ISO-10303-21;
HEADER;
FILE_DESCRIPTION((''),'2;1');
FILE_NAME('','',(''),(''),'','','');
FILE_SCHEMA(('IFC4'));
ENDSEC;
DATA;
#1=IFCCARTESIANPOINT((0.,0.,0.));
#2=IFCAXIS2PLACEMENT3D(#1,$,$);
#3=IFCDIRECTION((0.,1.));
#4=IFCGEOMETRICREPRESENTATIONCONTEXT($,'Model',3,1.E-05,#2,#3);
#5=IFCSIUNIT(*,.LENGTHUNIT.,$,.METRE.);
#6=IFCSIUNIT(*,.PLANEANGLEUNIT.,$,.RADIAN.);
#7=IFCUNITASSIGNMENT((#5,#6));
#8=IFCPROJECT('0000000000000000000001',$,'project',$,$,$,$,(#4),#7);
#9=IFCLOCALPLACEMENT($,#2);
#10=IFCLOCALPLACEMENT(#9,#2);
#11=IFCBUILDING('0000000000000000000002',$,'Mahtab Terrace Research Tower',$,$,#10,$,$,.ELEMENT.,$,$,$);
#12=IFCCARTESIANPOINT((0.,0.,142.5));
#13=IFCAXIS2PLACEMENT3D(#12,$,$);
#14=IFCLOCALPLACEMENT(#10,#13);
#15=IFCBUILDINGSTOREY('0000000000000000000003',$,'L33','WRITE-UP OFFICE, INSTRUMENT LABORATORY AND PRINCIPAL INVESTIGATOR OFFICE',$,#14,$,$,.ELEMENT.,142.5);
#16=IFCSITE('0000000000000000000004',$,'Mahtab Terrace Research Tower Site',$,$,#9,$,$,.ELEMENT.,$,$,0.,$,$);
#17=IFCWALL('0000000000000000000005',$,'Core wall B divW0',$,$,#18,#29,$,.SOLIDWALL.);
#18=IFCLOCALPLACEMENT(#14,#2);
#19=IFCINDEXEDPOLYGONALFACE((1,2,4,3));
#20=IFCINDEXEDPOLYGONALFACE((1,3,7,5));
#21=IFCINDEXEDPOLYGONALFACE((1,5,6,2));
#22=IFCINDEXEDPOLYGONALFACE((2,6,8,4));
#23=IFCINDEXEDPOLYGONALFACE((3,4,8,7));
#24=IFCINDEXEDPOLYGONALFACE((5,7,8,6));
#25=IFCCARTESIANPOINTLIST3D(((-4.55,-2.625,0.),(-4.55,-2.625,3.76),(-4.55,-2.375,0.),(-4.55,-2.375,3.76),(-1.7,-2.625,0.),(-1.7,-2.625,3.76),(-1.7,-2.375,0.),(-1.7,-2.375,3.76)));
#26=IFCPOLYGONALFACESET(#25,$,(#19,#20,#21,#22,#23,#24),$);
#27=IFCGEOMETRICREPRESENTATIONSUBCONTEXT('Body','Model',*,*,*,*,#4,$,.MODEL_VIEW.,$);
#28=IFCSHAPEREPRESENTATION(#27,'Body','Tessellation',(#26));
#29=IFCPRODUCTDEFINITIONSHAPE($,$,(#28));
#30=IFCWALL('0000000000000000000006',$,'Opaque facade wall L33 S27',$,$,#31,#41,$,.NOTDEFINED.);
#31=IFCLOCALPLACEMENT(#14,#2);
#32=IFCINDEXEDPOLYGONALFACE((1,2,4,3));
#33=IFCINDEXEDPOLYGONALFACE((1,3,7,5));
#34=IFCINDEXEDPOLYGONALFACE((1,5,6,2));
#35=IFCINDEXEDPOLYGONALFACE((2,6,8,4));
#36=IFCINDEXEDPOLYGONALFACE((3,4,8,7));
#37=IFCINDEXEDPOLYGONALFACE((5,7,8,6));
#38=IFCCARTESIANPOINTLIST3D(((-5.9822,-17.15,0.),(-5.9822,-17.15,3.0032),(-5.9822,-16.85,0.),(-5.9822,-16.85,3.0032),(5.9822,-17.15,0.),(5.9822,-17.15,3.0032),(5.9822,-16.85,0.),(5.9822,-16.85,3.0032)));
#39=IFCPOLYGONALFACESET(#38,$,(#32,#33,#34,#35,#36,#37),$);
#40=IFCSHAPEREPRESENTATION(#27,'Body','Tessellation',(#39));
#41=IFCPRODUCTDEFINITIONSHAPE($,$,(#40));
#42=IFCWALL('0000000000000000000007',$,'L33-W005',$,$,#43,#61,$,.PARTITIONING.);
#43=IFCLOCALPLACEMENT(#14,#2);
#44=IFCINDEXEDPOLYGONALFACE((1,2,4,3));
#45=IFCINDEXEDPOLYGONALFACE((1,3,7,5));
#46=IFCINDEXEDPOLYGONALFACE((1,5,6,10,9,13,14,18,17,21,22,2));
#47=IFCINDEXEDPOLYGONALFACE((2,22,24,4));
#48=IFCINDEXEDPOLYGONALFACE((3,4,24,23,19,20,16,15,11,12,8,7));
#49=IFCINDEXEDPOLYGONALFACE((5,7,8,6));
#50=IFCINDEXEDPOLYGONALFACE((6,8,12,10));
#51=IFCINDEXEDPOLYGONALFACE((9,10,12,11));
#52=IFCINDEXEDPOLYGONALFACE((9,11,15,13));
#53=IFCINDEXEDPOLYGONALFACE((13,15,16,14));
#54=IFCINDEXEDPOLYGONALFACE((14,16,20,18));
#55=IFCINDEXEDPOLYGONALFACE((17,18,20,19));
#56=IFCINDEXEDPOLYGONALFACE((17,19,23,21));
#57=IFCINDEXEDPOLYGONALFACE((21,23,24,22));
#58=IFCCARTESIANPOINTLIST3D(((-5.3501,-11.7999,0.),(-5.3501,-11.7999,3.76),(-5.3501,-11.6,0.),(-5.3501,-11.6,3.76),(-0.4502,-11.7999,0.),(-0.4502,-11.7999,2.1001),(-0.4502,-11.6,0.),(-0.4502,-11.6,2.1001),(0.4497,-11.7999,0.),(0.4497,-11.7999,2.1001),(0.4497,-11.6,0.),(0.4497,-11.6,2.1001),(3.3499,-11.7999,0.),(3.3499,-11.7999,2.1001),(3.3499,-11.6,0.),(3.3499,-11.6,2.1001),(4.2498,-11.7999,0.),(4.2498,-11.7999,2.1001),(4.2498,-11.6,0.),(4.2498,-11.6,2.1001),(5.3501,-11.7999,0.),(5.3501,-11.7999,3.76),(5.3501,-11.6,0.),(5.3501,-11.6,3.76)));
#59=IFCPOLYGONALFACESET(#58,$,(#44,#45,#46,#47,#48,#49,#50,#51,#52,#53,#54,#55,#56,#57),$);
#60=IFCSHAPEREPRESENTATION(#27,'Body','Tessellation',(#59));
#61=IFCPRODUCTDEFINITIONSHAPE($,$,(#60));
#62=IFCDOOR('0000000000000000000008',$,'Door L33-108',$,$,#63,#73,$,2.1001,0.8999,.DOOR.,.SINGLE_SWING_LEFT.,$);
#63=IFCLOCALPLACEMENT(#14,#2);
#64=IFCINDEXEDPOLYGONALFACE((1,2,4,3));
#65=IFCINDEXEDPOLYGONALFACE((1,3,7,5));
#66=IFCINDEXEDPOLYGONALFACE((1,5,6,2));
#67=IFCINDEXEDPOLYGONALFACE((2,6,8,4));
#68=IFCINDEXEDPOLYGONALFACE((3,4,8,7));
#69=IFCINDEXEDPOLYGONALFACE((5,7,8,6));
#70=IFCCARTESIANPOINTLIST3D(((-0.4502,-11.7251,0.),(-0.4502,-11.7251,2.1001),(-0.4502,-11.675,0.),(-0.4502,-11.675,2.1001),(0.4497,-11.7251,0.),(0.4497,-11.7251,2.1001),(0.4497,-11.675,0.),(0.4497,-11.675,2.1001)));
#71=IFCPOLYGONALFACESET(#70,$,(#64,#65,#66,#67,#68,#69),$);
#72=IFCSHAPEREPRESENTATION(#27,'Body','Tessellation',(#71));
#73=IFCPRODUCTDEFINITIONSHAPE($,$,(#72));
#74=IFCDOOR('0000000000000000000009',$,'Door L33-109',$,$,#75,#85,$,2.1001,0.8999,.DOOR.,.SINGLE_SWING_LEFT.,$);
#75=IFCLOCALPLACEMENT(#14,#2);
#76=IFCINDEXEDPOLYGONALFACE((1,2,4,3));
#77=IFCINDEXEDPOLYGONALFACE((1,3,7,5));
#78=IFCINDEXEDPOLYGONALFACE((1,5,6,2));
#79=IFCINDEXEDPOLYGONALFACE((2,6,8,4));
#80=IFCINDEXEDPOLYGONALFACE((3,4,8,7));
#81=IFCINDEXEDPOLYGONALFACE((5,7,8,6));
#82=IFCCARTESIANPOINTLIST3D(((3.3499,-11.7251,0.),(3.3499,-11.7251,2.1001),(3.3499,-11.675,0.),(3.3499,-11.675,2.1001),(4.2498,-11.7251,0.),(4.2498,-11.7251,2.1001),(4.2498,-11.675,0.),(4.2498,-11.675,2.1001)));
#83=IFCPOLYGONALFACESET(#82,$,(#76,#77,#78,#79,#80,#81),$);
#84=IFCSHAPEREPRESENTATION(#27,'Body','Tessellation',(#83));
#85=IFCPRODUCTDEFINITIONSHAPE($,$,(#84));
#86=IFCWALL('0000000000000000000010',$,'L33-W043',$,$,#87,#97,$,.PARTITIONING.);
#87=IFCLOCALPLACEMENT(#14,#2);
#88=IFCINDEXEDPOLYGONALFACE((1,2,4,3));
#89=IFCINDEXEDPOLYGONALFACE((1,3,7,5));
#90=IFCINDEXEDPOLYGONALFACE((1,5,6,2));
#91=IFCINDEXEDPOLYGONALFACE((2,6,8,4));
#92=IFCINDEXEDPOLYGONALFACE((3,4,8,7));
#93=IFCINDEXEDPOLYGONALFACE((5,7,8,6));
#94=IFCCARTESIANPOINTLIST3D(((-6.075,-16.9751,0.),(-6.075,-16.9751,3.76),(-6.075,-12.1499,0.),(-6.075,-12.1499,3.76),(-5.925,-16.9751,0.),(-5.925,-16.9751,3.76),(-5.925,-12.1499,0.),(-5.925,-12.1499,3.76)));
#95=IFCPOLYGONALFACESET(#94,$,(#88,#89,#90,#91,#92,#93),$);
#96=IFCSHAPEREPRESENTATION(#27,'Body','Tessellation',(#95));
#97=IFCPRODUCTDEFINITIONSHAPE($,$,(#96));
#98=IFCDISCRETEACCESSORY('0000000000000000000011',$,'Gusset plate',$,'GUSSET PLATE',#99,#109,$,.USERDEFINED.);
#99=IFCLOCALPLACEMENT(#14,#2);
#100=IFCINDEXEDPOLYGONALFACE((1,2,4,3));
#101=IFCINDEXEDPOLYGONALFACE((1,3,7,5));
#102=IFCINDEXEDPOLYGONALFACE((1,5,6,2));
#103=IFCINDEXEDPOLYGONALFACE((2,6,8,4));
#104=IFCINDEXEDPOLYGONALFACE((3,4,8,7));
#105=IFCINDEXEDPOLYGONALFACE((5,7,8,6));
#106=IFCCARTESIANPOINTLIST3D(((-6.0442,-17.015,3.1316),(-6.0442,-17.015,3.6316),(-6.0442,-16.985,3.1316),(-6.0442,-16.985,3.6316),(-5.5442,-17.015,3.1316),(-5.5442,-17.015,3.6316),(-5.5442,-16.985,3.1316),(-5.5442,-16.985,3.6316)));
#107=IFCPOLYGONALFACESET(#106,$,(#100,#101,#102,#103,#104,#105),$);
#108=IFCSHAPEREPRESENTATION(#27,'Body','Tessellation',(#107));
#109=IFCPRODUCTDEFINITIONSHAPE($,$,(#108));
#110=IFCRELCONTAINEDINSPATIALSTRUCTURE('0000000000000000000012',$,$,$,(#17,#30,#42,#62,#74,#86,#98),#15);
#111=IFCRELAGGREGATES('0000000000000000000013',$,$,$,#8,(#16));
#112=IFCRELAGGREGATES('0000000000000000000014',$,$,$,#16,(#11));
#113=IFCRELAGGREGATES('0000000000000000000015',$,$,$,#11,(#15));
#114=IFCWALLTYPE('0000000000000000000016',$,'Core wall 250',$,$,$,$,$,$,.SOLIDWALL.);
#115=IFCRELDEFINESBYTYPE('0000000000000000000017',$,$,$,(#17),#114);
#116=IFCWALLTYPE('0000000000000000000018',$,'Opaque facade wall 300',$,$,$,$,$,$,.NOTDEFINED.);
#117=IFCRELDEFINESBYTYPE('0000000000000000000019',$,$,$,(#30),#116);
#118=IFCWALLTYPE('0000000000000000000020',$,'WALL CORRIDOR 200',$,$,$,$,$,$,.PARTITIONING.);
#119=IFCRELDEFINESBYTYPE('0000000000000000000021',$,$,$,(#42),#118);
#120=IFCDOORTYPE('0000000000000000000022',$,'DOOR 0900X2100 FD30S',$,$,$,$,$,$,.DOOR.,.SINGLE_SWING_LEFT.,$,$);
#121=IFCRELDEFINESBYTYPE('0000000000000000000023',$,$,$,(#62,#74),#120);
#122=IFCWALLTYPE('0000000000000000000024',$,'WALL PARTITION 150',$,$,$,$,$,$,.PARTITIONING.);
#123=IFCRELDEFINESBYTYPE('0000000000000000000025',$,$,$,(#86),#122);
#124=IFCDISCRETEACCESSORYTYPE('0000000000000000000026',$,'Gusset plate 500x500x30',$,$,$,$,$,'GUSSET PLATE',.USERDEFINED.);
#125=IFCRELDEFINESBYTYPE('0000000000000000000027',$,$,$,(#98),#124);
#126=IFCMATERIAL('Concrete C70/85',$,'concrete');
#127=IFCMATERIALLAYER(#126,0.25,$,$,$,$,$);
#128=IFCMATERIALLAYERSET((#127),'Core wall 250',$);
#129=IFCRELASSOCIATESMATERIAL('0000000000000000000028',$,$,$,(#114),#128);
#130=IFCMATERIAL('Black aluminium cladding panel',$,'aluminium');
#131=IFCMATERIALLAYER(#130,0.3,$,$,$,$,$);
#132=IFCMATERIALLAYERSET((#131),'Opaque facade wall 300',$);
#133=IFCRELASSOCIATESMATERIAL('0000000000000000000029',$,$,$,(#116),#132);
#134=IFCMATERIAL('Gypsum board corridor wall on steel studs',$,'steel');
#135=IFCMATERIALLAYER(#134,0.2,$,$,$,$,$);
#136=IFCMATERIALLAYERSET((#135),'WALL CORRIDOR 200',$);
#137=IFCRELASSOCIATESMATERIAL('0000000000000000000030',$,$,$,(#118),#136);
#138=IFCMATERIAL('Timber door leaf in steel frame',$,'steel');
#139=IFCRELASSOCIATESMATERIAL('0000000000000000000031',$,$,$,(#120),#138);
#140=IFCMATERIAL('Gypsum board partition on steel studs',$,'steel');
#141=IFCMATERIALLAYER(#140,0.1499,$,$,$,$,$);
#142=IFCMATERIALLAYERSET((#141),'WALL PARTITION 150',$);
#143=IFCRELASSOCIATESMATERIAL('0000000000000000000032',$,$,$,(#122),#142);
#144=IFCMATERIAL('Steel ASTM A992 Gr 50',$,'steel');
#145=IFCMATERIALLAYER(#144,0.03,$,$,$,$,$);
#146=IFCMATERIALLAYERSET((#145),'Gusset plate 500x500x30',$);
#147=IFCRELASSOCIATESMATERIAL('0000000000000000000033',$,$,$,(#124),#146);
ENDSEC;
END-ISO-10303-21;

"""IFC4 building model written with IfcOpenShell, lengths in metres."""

from ifc_helpers import new_model, si_unit, direction, frame, frame_2d, origin, origin_2d, place, context, subcontext, project, spatial, rectangle, extrude, material, layer, layer_set, type_object, element, fill, save


model = new_model("IFC4")

# Units and contexts
model_context = context("Model", 3, precision=1e-05, world=origin(), true_north=direction((0.0, 1.0)))
body_context = subcontext(model_context, "Body", "Model", "MODEL_VIEW")
ifc_project = project(units=[si_unit("LENGTHUNIT", "METRE"), si_unit("PLANEANGLEUNIT", "RADIAN")], contexts=[model_context])

# Site, building, storey
site_placement = place(None, origin())
site = spatial("IfcSite", under=ifc_project, at=site_placement, Name="Mahtab Terrace Research Tower Site", CompositionType="ELEMENT", RefElevation=0.0)
building_placement = place(site_placement, origin())
building = spatial("IfcBuilding", under=site, at=building_placement, Name="Mahtab Terrace Research Tower", CompositionType="ELEMENT")
storey_placement = place(building_placement, frame((0.0, 0.0, 142.5)))
storey = spatial("IfcBuildingStorey", under=building, at=storey_placement, Name="L33", Description="WRITE-UP OFFICE, INSTRUMENT LABORATORY AND PRINCIPAL INVESTIGATOR OFFICE", CompositionType="ELEMENT", Elevation=142.5)

# Shared definitions
ifc_material_1 = material(Name="Concrete C70/85", Category="concrete")
ifc_material_2 = material(Name="Steel ASTM A992 Gr 50", Category="steel")

# Shared definitions
ifc_layer_1 = layer(ifc_material_1, 0.25)
ifc_layer_set_1 = layer_set([ifc_layer_1], Name="Core wall 250")
wall_type_1 = type_object("IfcWallType", Name="Core wall 250", PredefinedType="SOLIDWALL", material=ifc_layer_set_1)

# Walls
wall_1_placement = place(storey_placement, frame((-4.55, -2.5, 0.0), z_axis=(0.0, 0.0, 1.0), x_axis=(1.0, 0.0, 0.0)))
element("IfcWall", 1, at=wall_1_placement, inside=storey, type_object=wall_type_1, Name="Core wall B divW0", PredefinedType="SOLIDWALL", context=body_context, shape_type="SweptSolid", body=[
    extrude(rectangle(XDim=2.8501, YDim=0.25, at=frame_2d((1.425, 0.0))), origin(), (0.0, 0.0, 1.0), 3.76),
])
ifc_material_3 = material(Name="Black aluminium cladding panel", Category="aluminium")
ifc_layer_2 = layer(ifc_material_3, 0.3)
ifc_layer_set_2 = layer_set([ifc_layer_2], Name="Opaque facade wall 300")
wall_type_2 = type_object("IfcWallType", Name="Opaque facade wall 300", PredefinedType="NOTDEFINED", material=ifc_layer_set_2)
wall_2_placement = place(storey_placement, frame((-5.9822, -17.0, 0.0), z_axis=(0.0, 0.0, 1.0), x_axis=(1.0, 0.0, 0.0)))
element("IfcWall", 2, at=wall_2_placement, inside=storey, type_object=wall_type_2, Name="Opaque facade wall L33 S27", PredefinedType="NOTDEFINED", context=body_context, shape_type="SweptSolid", body=[
    extrude(rectangle(XDim=11.9644, YDim=0.3, at=frame_2d((5.9822, 0.0))), origin(), (0.0, 0.0, 1.0), 3.0032),
])

# Wall, openings, doors
ifc_material_4 = material(Name="Gypsum board corridor wall on steel studs", Category="steel")
ifc_layer_3 = layer(ifc_material_4, 0.2)
ifc_layer_set_3 = layer_set([ifc_layer_3], Name="WALL CORRIDOR 200")
wall_type_3 = type_object("IfcWallType", Name="WALL CORRIDOR 200", PredefinedType="PARTITIONING", material=ifc_layer_set_3)
wall_3_placement = place(storey_placement, frame((-5.3501, -11.7, 0.0), z_axis=(0.0, 0.0, 1.0), x_axis=(1.0, 0.0, 0.0)))
wall_3 = element("IfcWall", 3, at=wall_3_placement, inside=storey, type_object=wall_type_3, Name="L33-W005", PredefinedType="PARTITIONING", context=body_context, shape_type="SweptSolid", body=[
    extrude(rectangle(XDim=10.7002, YDim=0.2, at=frame_2d((5.3501, 0.0))), origin(), (0.0, 0.0, 1.0), 3.76),
])
opening_1_placement = place(wall_3_placement, frame((4.8999, 0.0, 0.0)))
opening_1 = element("IfcOpeningElement", 4, at=opening_1_placement, cuts=wall_3, PredefinedType="OPENING", context=body_context, shape_type="SweptSolid", body=[
    extrude(rectangle(XDim=0.8999, YDim=2.1001, at=frame_2d((0.45, 1.05))), frame((0.0, 0.1099, 0.0), z_axis=(0.0, -1.0, 0.0), x_axis=(1.0, 0.0, 0.0)), (0.0, 0.0, 1.0), 0.22),
])
opening_2_placement = place(wall_3_placement, frame((8.7, 0.0, 0.0)))
opening_2 = element("IfcOpeningElement", 5, at=opening_2_placement, cuts=wall_3, PredefinedType="OPENING", context=body_context, shape_type="SweptSolid", body=[
    extrude(rectangle(XDim=0.8999, YDim=2.1001, at=frame_2d((0.45, 1.05))), frame((0.0, 0.1099, 0.0), z_axis=(0.0, -1.0, 0.0), x_axis=(1.0, 0.0, 0.0)), (0.0, 0.0, 1.0), 0.22),
])
ifc_material_5 = material(Name="Timber door leaf in steel frame", Category="steel")
door_type_1 = type_object("IfcDoorType", Name="DOOR 0900X2100 FD30S", OperationType="SINGLE_SWING_LEFT", PredefinedType="DOOR", material=ifc_material_5)
door_1_placement = place(opening_1_placement, origin())
door_1 = element("IfcDoor", 6, at=door_1_placement, inside=storey, type_object=door_type_1, Name="Door L33-108", OperationType="SINGLE_SWING_LEFT", OverallHeight=2.1001, OverallWidth=0.8999, PredefinedType="DOOR", context=body_context, shape_type="SweptSolid", body=[
    extrude(rectangle(XDim=0.8999, YDim=2.1001, at=frame_2d((0.45, 1.05))), frame((0.0, 0.0249, 0.0), z_axis=(0.0, -1.0, 0.0), x_axis=(1.0, 0.0, 0.0)), (0.0, 0.0, 1.0), 0.05),
])
fill(opening_1, door_1)
door_2_placement = place(opening_2_placement, origin())
door_2 = element("IfcDoor", 7, at=door_2_placement, inside=storey, type_object=door_type_1, Name="Door L33-109", OperationType="SINGLE_SWING_LEFT", OverallHeight=2.1001, OverallWidth=0.8999, PredefinedType="DOOR", context=body_context, shape_type="SweptSolid", body=[
    extrude(rectangle(XDim=0.8999, YDim=2.1001, at=frame_2d((0.45, 1.05))), frame((0.0, 0.0249, 0.0), z_axis=(0.0, -1.0, 0.0), x_axis=(1.0, 0.0, 0.0)), (0.0, 0.0, 1.0), 0.05),
])
fill(opening_2, door_2)

# Wall
ifc_material_6 = material(Name="Gypsum board partition on steel studs", Category="steel")
ifc_layer_4 = layer(ifc_material_6, 0.1499)
ifc_layer_set_4 = layer_set([ifc_layer_4], Name="WALL PARTITION 150")
wall_type_4 = type_object("IfcWallType", Name="WALL PARTITION 150", PredefinedType="PARTITIONING", material=ifc_layer_set_4)
wall_4_placement = place(storey_placement, frame((-6.0, -16.9751, 0.0), z_axis=(0.0, 0.0, 1.0), x_axis=(0.0, 1.0, 0.0)))
element("IfcWall", 8, at=wall_4_placement, inside=storey, type_object=wall_type_4, Name="L33-W043", PredefinedType="PARTITIONING", context=body_context, shape_type="SweptSolid", body=[
    extrude(rectangle(XDim=4.8252, YDim=0.1499, at=frame_2d((2.4126, 0.0))), origin(), (0.0, 0.0, 1.0), 3.76),
])

# Discrete accessory
ifc_layer_5 = layer(ifc_material_2, 0.03)
ifc_layer_set_5 = layer_set([ifc_layer_5], Name="Gusset plate 500x500x30")
discrete_accessory_type = type_object("IfcDiscreteAccessoryType", Name="Gusset plate 500x500x30", ElementType="GUSSET PLATE", PredefinedType="USERDEFINED", material=ifc_layer_set_5)
discrete_accessory_placement = place(storey_placement, frame((-5.7942, -17.0, 3.1316), z_axis=(0.0, 0.0, 1.0), x_axis=(1.0, 0.0, 0.0)))
element("IfcDiscreteAccessory", 9, at=discrete_accessory_placement, inside=storey, type_object=discrete_accessory_type, Name="Gusset plate", ObjectType="GUSSET PLATE", PredefinedType="USERDEFINED", context=body_context, shape_type="SweptSolid", body=[
    extrude(rectangle(XDim=0.5, YDim=0.03, at=origin_2d()), origin(), (0.0, 0.0, 1.0), 0.5),
])

save(model, "model.ifc")
